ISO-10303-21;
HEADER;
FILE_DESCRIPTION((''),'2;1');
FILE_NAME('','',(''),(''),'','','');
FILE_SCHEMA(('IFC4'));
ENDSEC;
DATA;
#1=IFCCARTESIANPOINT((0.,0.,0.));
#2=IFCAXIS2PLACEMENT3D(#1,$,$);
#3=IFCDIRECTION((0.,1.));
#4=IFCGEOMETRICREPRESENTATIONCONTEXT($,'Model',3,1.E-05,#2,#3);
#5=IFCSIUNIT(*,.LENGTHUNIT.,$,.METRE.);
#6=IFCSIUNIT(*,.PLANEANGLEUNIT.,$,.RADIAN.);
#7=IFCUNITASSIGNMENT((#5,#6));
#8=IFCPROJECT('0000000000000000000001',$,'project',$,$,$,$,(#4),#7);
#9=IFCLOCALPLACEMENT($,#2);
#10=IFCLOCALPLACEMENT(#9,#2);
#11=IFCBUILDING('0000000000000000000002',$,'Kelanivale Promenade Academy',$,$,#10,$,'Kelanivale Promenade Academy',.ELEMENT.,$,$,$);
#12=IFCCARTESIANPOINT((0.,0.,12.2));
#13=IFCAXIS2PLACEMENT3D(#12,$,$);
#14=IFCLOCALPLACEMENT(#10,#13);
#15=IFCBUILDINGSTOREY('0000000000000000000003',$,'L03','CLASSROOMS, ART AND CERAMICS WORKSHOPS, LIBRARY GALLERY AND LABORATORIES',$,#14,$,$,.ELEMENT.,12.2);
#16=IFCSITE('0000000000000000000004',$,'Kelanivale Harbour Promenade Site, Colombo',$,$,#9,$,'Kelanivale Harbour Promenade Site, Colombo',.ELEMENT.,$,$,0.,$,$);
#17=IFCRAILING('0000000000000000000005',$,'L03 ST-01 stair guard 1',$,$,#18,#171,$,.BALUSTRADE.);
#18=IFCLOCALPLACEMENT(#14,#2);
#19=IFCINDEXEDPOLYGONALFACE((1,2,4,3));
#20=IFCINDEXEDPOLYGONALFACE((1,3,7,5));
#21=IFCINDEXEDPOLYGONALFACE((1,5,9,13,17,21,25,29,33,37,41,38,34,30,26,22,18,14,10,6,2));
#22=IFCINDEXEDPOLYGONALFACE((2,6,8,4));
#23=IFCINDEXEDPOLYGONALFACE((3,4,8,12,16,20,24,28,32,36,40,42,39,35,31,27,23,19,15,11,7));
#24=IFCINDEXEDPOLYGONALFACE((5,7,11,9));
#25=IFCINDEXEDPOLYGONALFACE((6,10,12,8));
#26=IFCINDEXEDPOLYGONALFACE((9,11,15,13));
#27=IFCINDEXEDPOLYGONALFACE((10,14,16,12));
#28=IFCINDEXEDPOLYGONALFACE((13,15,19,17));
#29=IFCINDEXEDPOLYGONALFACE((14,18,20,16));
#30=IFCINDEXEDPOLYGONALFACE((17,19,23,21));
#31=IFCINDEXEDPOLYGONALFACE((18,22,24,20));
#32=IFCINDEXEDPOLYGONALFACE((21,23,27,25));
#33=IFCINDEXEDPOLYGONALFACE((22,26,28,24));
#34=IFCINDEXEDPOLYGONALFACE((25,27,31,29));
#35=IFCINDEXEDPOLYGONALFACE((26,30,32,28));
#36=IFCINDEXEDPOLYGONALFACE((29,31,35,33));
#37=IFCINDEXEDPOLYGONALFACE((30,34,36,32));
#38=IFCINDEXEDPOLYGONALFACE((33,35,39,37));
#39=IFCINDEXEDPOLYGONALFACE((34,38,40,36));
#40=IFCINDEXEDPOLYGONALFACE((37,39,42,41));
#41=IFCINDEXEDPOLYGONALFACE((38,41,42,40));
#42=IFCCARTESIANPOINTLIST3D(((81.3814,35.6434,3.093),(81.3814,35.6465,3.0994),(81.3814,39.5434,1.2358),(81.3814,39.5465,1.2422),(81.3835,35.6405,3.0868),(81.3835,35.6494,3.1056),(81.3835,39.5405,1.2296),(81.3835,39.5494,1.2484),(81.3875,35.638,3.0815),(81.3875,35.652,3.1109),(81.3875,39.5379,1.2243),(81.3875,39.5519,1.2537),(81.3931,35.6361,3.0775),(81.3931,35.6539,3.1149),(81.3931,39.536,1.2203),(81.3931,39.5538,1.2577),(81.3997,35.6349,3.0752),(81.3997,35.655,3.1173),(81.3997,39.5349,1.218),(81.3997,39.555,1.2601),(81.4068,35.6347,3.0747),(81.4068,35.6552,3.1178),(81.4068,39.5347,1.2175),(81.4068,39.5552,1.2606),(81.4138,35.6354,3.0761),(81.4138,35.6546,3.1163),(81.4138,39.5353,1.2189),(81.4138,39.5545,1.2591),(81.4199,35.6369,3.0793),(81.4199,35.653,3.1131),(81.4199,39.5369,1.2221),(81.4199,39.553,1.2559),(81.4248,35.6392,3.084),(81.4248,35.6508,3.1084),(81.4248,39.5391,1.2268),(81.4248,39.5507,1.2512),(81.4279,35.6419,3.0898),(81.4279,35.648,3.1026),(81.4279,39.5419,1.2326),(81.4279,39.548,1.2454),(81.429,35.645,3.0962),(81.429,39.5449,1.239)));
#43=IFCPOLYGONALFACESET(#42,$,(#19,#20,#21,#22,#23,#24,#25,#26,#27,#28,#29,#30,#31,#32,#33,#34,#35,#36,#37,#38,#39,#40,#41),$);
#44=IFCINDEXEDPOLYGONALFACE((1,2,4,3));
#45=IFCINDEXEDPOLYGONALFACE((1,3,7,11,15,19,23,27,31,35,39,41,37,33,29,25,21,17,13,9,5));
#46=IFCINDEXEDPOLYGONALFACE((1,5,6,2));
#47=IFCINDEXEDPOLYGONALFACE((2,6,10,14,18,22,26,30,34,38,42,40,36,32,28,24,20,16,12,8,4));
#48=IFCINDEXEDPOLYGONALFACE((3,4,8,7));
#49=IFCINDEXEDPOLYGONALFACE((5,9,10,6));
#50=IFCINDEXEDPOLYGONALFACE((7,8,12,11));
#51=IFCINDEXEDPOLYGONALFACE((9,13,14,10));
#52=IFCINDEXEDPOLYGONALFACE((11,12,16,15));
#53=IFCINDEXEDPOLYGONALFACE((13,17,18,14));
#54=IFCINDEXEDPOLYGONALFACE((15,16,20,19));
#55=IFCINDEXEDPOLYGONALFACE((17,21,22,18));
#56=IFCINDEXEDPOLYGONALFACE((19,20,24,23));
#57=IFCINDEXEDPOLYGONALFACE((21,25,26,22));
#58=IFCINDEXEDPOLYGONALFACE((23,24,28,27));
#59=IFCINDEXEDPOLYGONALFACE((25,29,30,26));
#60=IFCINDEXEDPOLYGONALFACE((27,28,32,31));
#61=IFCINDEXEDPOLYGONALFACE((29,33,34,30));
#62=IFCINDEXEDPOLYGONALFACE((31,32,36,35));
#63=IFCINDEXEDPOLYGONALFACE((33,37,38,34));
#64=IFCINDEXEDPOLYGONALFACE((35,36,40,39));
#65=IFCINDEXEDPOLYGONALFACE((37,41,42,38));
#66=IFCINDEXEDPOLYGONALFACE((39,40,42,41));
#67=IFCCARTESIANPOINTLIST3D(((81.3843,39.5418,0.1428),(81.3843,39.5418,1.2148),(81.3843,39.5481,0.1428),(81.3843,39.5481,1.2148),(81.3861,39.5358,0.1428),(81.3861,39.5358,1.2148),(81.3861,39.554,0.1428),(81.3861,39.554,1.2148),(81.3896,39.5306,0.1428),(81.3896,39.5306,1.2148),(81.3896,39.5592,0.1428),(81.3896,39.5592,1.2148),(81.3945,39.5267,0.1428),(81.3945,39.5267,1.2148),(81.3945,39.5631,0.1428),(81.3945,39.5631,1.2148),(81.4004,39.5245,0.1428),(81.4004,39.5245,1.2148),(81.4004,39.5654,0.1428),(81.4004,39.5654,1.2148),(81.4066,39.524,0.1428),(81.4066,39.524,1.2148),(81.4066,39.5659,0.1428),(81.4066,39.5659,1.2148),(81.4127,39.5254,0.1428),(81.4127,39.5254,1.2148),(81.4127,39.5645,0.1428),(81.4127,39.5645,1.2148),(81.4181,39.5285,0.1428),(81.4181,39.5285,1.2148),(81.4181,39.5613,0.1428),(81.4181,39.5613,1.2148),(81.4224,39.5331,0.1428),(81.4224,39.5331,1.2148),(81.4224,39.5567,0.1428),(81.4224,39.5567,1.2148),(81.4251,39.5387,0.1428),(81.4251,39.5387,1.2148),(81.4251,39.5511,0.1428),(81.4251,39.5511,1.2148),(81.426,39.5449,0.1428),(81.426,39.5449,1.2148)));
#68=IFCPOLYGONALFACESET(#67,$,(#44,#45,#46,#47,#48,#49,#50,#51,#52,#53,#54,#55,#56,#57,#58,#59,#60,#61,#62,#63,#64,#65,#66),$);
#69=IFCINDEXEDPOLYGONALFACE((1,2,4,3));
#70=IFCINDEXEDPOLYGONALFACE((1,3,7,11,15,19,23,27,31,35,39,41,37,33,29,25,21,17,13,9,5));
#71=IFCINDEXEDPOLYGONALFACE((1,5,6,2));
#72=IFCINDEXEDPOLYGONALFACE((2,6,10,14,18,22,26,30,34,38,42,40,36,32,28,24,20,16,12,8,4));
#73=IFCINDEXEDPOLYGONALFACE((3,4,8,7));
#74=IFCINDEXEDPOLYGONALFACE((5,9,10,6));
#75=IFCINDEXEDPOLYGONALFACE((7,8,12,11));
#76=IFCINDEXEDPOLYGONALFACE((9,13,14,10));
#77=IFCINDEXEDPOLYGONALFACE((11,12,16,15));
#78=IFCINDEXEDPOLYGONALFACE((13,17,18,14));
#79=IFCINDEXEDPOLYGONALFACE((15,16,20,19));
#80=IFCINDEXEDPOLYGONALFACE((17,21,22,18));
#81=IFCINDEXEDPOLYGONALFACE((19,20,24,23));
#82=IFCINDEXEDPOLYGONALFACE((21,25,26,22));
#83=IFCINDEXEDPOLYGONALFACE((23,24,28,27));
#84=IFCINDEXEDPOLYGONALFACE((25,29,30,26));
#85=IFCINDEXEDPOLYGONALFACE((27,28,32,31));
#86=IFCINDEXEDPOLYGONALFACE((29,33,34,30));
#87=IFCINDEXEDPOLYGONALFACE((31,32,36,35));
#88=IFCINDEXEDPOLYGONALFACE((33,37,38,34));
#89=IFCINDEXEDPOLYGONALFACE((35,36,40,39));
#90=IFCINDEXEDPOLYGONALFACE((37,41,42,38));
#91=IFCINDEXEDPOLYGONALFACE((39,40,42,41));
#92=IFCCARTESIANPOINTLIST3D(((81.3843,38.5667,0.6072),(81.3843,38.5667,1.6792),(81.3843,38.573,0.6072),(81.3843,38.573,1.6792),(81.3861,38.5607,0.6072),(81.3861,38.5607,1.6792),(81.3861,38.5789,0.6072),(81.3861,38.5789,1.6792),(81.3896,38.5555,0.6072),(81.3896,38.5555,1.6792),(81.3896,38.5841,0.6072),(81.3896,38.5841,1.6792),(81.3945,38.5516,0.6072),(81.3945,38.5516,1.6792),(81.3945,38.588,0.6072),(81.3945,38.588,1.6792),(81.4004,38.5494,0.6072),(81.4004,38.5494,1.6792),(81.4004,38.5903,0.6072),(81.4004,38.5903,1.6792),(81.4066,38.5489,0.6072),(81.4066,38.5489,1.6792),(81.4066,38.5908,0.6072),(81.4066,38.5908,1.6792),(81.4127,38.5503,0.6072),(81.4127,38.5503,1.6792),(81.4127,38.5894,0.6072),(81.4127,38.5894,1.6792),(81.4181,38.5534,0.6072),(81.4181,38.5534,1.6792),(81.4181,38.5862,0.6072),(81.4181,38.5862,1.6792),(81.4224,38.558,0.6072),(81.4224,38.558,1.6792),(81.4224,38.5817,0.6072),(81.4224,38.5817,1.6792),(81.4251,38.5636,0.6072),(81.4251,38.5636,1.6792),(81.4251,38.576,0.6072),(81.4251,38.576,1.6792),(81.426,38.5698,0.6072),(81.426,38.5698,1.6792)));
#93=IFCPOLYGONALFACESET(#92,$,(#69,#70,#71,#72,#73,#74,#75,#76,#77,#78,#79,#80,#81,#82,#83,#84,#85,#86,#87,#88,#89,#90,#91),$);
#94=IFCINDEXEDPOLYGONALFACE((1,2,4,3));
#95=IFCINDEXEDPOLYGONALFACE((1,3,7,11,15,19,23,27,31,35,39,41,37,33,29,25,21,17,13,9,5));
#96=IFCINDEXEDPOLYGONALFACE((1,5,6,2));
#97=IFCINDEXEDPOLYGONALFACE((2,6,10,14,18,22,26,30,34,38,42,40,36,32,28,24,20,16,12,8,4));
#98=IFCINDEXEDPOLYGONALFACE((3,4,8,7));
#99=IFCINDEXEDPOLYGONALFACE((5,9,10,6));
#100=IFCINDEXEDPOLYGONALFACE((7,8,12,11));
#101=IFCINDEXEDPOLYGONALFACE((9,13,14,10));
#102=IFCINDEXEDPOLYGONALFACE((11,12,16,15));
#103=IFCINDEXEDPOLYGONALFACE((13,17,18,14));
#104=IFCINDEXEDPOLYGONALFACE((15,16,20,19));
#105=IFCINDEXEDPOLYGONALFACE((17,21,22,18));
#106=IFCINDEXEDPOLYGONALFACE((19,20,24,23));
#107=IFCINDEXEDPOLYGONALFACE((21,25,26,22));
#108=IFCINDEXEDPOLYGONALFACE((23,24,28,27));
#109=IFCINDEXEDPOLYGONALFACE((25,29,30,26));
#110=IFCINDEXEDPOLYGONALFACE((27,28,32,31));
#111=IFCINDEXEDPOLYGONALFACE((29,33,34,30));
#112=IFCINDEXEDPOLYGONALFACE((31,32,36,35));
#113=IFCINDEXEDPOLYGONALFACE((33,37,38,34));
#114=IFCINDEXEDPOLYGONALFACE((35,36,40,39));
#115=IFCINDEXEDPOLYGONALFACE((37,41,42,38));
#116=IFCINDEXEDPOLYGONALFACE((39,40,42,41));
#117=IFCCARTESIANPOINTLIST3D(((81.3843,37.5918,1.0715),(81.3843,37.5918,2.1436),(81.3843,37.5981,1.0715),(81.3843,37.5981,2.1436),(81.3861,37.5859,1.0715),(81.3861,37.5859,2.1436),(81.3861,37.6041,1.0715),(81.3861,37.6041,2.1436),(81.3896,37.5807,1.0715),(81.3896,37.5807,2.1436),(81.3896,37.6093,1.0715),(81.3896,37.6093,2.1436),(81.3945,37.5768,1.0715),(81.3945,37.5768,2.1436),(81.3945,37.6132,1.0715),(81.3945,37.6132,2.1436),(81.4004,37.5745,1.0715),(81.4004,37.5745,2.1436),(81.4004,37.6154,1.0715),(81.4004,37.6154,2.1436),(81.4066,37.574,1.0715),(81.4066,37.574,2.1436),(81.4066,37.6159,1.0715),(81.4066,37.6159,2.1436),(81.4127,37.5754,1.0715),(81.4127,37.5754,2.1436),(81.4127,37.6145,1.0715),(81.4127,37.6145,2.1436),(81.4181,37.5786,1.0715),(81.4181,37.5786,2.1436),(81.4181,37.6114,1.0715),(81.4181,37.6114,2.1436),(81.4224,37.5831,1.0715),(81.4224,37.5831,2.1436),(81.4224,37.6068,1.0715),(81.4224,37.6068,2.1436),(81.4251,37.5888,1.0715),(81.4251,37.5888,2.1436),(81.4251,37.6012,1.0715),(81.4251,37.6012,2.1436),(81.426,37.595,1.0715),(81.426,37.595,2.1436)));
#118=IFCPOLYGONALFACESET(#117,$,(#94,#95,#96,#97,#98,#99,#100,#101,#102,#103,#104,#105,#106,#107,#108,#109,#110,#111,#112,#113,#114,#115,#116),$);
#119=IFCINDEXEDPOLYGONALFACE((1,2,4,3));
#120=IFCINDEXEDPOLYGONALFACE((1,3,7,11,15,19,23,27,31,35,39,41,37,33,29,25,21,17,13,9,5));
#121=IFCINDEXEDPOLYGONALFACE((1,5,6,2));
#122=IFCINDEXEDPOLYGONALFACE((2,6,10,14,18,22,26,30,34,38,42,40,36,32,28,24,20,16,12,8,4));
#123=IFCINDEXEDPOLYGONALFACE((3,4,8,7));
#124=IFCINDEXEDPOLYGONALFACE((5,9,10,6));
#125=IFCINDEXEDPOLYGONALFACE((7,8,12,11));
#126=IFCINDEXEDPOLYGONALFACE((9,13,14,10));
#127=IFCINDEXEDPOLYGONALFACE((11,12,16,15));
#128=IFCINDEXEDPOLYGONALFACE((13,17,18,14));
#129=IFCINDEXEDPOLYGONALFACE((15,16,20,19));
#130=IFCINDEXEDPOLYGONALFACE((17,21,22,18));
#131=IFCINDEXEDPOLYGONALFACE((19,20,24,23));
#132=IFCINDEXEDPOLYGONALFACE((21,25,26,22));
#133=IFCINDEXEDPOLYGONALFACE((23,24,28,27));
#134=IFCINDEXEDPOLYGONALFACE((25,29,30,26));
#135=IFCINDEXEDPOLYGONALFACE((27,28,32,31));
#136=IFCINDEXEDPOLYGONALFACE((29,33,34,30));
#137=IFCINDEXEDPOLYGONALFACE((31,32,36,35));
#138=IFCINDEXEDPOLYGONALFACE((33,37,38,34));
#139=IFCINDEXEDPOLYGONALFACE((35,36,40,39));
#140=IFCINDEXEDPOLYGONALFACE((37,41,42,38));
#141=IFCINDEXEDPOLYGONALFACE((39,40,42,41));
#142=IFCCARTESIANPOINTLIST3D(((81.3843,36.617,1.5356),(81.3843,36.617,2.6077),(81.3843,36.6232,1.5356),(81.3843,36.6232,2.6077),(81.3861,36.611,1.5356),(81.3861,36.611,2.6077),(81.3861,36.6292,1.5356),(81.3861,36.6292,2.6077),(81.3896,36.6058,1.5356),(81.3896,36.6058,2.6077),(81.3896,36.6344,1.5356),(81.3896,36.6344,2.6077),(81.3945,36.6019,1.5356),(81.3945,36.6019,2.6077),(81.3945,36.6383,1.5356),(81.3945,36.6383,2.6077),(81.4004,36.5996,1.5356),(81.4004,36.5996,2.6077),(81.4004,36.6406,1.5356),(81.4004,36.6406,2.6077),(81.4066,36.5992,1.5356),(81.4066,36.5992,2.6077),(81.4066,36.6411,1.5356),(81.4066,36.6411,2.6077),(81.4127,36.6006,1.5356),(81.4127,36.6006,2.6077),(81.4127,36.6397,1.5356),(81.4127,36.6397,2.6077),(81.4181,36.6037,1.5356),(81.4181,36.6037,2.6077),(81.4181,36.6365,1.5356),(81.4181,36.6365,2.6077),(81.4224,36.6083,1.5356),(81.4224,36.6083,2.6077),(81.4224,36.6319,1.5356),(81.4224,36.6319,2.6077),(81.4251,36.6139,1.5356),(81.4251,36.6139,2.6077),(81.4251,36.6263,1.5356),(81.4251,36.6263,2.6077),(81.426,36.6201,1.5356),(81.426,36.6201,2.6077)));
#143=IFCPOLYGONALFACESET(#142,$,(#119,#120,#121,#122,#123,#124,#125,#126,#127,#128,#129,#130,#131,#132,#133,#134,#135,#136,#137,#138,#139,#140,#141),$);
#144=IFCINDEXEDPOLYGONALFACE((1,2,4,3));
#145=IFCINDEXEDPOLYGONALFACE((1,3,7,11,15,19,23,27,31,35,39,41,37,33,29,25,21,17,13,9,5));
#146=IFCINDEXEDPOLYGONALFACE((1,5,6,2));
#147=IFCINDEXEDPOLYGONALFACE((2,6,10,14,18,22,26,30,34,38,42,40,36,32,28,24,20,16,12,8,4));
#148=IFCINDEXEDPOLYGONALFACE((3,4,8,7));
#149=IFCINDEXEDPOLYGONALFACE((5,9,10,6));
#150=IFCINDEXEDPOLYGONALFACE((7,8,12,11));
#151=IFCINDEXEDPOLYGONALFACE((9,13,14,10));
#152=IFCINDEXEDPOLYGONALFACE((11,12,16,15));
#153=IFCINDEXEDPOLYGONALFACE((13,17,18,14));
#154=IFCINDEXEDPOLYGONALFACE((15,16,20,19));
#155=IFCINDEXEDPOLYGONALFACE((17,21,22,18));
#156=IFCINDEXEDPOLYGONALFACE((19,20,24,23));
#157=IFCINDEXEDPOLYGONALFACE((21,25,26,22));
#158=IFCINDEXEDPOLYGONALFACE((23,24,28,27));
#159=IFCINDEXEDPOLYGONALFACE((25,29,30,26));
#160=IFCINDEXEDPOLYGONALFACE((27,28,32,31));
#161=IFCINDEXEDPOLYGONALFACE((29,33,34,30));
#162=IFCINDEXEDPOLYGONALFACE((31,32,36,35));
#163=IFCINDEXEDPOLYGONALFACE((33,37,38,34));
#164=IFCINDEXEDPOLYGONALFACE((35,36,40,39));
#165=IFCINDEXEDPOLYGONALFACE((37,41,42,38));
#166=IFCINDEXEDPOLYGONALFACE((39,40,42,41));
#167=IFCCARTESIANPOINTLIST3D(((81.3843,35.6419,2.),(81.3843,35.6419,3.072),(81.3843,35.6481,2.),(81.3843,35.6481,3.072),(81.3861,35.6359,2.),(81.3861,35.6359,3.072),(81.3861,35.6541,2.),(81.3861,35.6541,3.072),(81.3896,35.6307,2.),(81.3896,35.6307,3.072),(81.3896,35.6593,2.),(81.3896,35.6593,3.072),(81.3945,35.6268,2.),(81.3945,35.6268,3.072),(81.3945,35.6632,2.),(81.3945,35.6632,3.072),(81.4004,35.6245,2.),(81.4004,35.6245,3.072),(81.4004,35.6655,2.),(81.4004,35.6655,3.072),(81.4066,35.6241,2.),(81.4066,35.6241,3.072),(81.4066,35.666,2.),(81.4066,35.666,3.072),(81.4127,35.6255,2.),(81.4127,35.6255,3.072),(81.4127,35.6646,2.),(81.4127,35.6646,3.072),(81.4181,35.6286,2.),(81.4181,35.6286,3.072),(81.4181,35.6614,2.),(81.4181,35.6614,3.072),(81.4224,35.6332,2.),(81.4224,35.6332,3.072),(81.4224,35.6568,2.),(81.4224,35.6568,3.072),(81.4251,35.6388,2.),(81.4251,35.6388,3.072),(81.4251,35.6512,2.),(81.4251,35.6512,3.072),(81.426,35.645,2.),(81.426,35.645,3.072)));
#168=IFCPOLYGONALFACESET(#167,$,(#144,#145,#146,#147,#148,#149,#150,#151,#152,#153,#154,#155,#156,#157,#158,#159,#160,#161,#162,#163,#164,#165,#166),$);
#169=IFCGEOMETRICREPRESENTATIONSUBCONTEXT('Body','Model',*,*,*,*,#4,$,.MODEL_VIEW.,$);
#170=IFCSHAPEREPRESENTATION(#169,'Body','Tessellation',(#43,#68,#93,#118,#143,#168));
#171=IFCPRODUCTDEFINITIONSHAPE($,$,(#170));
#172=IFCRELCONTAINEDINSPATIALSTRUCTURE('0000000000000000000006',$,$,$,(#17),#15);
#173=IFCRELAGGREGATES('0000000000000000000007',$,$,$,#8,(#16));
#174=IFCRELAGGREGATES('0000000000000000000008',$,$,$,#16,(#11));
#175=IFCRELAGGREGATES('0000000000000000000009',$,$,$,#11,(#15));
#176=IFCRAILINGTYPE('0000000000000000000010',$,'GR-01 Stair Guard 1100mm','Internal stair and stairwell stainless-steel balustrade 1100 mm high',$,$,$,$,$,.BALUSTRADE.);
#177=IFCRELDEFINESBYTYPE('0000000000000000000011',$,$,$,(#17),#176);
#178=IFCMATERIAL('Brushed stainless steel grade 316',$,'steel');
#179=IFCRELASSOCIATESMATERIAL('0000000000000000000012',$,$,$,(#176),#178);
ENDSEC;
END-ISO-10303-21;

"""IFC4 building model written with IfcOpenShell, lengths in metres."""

from ifc_helpers import new_model, si_unit, direction, frame, origin, origin_2d, place, context, subcontext, project, spatial, circle, extrude, material, type_object, element, save


model = new_model("IFC4")

# Units and contexts
model_context = context("Model", 3, precision=1e-05, world=origin(), true_north=direction((0.0, 1.0)))
body_context = subcontext(model_context, "Body", "Model", "MODEL_VIEW")
ifc_project = project(units=[si_unit("LENGTHUNIT", "METRE"), si_unit("PLANEANGLEUNIT", "RADIAN")], contexts=[model_context])

# Site, building, storey
site_placement = place(None, origin())
site = spatial("IfcSite", under=ifc_project, at=site_placement, Name="Kelanivale Harbour Promenade Site, Colombo", LongName="Kelanivale Harbour Promenade Site, Colombo", CompositionType="ELEMENT", RefElevation=0.0)
building_placement = place(site_placement, origin())
building = spatial("IfcBuilding", under=site, at=building_placement, Name="Kelanivale Promenade Academy", LongName="Kelanivale Promenade Academy", CompositionType="ELEMENT")
storey_placement = place(building_placement, frame((0.0, 0.0, 12.2)))
storey = spatial("IfcBuildingStorey", under=building, at=storey_placement, Name="L03", Description="CLASSROOMS, ART AND CERAMICS WORKSHOPS, LIBRARY GALLERY AND LABORATORIES", CompositionType="ELEMENT", Elevation=12.2)

# Railing
ifc_material_1 = material(Name="Brushed stainless steel grade 316", Category="steel")
railing_type = type_object("IfcRailingType", Name="GR-01 Stair Guard 1100mm", Description="Internal stair and stairwell stainless-steel balustrade 1100 mm high", PredefinedType="BALUSTRADE", material=ifc_material_1)
railing_1_placement = place(storey_placement, frame((81.405, 39.5449, 0.1428)))
element("IfcRailing", 1, at=railing_1_placement, inside=storey, type_object=railing_type, Name="L03 ST-01 stair guard 1", PredefinedType="BALUSTRADE", context=body_context, shape_type="SweptSolid", body=[
    extrude(circle(Radius=0.0239, at=origin_2d()), frame((0.0, 0.0, 1.0962), z_axis=(0.0, -0.902853, 0.429949), x_axis=(1.0, 0.0, 0.0)), (0.0, 0.0, 1.0), 4.3196),
    extrude(circle(Radius=0.021, at=origin_2d()), origin(), (0.0, 0.0, 1.0), 1.072),
    extrude(circle(Radius=0.021, at=origin_2d()), frame((0.0, -0.9751, 0.4644)), (0.0, 0.0, 1.0), 1.072),
    extrude(circle(Radius=0.021, at=origin_2d()), frame((0.0, -1.95, 0.9287)), (0.0, 0.0, 1.0), 1.072),
    extrude(circle(Radius=0.021, at=origin_2d()), frame((0.0, -2.9248, 1.3928)), (0.0, 0.0, 1.0), 1.072),
    extrude(circle(Radius=0.021, at=origin_2d()), frame((0.0, -3.8999, 1.8572)), (0.0, 0.0, 1.0), 1.072),
])

save(model, "model.ifc")
